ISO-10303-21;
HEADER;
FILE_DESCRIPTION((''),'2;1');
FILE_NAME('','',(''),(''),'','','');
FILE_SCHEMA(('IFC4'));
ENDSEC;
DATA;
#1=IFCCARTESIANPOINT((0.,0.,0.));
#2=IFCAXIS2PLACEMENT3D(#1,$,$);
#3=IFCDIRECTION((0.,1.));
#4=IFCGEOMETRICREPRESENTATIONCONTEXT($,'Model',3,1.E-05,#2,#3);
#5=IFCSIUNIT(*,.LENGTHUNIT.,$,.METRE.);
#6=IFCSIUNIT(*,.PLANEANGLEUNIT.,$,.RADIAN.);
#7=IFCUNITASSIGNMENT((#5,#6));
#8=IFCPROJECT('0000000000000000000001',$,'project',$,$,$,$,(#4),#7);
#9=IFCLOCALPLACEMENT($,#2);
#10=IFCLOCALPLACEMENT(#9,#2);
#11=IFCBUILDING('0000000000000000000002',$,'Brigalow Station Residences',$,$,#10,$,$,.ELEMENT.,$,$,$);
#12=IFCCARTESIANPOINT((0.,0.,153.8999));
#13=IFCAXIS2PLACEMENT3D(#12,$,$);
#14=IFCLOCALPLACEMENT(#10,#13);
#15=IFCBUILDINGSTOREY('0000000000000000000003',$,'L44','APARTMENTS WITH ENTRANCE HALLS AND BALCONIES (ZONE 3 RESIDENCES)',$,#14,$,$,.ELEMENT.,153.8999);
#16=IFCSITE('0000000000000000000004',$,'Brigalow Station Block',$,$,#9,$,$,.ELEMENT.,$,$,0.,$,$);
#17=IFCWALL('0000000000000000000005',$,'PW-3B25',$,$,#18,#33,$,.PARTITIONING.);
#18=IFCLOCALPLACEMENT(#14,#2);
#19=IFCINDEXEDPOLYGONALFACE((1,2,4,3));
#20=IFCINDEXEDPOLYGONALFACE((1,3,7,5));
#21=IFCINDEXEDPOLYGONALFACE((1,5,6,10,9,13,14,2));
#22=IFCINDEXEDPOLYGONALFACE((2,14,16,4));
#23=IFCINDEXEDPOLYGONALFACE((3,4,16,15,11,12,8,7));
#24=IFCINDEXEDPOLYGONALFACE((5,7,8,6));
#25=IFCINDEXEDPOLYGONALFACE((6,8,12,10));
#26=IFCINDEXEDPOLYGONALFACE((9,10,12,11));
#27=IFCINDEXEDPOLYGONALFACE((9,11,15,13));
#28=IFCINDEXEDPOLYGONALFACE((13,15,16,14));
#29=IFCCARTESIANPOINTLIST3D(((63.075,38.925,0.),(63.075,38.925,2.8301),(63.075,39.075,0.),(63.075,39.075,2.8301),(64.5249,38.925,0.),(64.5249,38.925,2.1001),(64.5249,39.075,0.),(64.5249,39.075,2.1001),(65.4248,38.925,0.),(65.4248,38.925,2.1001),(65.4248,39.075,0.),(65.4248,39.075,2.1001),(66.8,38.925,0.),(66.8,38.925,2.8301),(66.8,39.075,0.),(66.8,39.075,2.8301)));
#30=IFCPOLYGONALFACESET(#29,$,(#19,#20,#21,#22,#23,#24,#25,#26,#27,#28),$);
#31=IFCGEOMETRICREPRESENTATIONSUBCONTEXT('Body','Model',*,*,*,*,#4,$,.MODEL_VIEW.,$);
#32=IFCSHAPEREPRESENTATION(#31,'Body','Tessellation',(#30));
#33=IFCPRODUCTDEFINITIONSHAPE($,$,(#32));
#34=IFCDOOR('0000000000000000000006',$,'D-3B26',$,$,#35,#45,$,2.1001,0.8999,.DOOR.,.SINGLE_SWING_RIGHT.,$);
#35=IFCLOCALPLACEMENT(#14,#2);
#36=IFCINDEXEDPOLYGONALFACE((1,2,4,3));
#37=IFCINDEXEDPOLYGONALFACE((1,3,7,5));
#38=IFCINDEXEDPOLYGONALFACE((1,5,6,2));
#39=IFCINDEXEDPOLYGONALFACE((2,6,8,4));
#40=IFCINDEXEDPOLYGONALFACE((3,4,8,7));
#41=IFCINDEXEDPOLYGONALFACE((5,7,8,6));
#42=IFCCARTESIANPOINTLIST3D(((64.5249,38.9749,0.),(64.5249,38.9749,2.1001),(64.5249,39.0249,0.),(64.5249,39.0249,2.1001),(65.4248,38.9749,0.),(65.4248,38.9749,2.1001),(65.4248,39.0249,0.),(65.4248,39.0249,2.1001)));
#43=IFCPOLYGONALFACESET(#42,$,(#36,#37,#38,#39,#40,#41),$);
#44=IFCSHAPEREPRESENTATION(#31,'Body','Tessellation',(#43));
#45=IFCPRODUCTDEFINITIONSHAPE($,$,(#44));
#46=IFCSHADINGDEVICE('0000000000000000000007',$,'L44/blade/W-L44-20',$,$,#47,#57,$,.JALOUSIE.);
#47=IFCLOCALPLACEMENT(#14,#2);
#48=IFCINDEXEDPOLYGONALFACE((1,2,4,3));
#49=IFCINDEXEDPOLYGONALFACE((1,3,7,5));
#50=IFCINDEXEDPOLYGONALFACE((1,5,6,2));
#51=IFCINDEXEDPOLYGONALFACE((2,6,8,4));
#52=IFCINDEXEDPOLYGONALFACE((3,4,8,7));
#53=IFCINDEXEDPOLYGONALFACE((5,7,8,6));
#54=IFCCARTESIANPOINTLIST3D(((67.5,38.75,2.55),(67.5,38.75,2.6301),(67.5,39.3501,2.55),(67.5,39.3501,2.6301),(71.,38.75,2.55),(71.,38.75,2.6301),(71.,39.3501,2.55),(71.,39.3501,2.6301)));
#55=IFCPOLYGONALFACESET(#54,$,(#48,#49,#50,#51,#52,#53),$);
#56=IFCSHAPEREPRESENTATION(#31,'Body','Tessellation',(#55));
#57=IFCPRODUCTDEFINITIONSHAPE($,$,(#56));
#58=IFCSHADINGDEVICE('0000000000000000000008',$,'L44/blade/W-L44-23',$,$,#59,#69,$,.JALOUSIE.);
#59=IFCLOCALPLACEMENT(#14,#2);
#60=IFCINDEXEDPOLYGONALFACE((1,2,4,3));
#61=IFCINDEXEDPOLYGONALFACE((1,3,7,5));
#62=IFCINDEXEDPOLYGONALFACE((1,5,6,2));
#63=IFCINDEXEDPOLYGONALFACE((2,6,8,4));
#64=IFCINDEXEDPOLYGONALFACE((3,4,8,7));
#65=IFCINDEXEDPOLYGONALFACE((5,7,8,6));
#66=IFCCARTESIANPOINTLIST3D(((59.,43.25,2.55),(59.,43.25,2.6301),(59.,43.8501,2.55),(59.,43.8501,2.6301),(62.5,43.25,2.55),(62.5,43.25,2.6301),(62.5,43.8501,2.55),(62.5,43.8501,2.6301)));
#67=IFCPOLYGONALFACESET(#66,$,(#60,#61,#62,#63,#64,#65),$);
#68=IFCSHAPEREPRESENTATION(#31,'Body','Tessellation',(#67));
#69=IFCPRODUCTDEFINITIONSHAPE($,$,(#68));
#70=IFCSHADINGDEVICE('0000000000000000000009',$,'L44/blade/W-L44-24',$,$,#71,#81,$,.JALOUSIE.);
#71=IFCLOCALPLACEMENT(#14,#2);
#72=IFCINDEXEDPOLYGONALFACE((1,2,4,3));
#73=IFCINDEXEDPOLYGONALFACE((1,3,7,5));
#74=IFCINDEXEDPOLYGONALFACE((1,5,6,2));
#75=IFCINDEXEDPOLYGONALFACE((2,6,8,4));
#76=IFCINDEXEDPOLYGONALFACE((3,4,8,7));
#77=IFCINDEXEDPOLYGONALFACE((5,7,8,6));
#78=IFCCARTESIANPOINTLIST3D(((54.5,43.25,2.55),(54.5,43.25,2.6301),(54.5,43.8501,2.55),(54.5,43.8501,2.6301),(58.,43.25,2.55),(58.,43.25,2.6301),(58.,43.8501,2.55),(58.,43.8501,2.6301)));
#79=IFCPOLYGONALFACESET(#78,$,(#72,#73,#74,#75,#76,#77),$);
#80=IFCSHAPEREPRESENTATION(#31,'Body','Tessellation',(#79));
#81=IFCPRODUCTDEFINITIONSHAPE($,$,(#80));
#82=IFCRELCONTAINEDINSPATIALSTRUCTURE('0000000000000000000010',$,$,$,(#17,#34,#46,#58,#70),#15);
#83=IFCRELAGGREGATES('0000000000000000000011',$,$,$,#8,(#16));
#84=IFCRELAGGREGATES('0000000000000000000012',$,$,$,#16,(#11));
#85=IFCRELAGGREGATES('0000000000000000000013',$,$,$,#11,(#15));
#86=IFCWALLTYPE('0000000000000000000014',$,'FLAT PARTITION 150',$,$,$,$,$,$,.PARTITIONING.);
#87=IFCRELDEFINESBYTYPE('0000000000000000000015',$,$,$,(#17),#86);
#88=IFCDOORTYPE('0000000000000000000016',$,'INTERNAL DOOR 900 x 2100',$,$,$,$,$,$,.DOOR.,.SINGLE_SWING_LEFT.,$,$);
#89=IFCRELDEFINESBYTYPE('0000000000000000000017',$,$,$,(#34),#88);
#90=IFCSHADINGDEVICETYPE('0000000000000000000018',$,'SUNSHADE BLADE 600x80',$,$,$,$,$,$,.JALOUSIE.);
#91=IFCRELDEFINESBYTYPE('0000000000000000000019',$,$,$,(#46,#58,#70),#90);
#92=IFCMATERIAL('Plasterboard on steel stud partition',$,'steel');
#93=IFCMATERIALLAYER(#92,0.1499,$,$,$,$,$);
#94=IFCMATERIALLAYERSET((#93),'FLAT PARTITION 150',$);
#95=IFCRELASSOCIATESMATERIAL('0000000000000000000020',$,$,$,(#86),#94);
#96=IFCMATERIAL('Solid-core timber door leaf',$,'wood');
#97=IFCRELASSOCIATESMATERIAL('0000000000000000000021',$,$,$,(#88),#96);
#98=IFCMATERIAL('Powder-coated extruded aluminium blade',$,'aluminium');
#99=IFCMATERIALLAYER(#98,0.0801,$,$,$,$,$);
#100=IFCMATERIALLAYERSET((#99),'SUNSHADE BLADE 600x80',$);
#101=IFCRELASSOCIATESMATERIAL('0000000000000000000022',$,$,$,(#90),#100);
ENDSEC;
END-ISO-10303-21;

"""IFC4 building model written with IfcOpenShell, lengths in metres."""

from ifc_helpers import new_model, si_unit, direction, frame, frame_2d, origin, origin_2d, place, context, subcontext, project, spatial, rectangle, extrude, material, layer, layer_set, type_object, element, fill, save


model = new_model("IFC4")

# Units and contexts
model_context = context("Model", 3, precision=1e-05, world=origin(), true_north=direction((0.0, 1.0)))
body_context = subcontext(model_context, "Body", "Model", "MODEL_VIEW")
ifc_project = project(units=[si_unit("LENGTHUNIT", "METRE"), si_unit("PLANEANGLEUNIT", "RADIAN")], contexts=[model_context])

# Site, building, storey
site_placement = place(None, origin())
site = spatial("IfcSite", under=ifc_project, at=site_placement, Name="Brigalow Station Block", CompositionType="ELEMENT", RefElevation=0.0)
building_placement = place(site_placement, origin())
building = spatial("IfcBuilding", under=site, at=building_placement, Name="Brigalow Station Residences", CompositionType="ELEMENT")
storey_placement = place(building_placement, frame((0.0, 0.0, 153.8999)))
storey = spatial("IfcBuildingStorey", under=building, at=storey_placement, Name="L44", Description="APARTMENTS WITH ENTRANCE HALLS AND BALCONIES (ZONE 3 RESIDENCES)", CompositionType="ELEMENT", Elevation=153.8999)

# Shared definitions
ifc_material_1 = material(Name="Plasterboard on steel stud partition", Category="steel")
ifc_layer_1 = layer(ifc_material_1, 0.1499)
ifc_layer_set_1 = layer_set([ifc_layer_1], Name="FLAT PARTITION 150")
wall_type_1 = type_object("IfcWallType", Name="FLAT PARTITION 150", PredefinedType="PARTITIONING", material=ifc_layer_set_1)

# Wall, opening, door
wall_1_placement = place(storey_placement, frame((63.075, 39.0, 0.0), z_axis=(0.0, 0.0, 1.0), x_axis=(1.0, 0.0, 0.0)))
wall_1 = element("IfcWall", 1, at=wall_1_placement, inside=storey, type_object=wall_type_1, Name="PW-3B25", PredefinedType="PARTITIONING", context=body_context, shape_type="SweptSolid", body=[
    extrude(rectangle(XDim=3.7251, YDim=0.1499, at=frame_2d((1.8625, 0.0))), origin(), (0.0, 0.0, 1.0), 2.8301),
])
opening_1_placement = place(wall_1_placement, frame((1.45, 0.0, 0.0)))
opening_1 = element("IfcOpeningElement", 2, at=opening_1_placement, cuts=wall_1, PredefinedType="OPENING", context=body_context, shape_type="SweptSolid", body=[
    extrude(rectangle(XDim=0.8999, YDim=2.1001, at=frame_2d((0.45, 1.05))), frame((0.0, 0.085, 0.0), z_axis=(0.0, -1.0, 0.0), x_axis=(1.0, 0.0, 0.0)), (0.0, 0.0, 1.0), 0.1699),
])
ifc_material_2 = material(Name="Solid-core timber door leaf", Category="wood")
door_type_1 = type_object("IfcDoorType", Name="INTERNAL DOOR 900 x 2100", OperationType="SINGLE_SWING_LEFT", PredefinedType="DOOR", material=ifc_material_2)
door_1_placement = place(opening_1_placement, origin())
door_1 = element("IfcDoor", 3, at=door_1_placement, inside=storey, type_object=door_type_1, Name="D-3B26", OperationType="SINGLE_SWING_RIGHT", OverallHeight=2.1001, OverallWidth=0.8999, PredefinedType="DOOR", context=body_context, shape_type="SweptSolid", body=[
    extrude(rectangle(XDim=0.8999, YDim=2.1001, at=frame_2d((0.45, 1.05))), frame((0.0, 0.0249, 0.0), z_axis=(0.0, -1.0, 0.0), x_axis=(1.0, 0.0, 0.0)), (0.0, 0.0, 1.0), 0.05),
])
fill(opening_1, door_1)

# Shading devices
ifc_material_3 = material(Name="Powder-coated extruded aluminium blade", Category="aluminium")
ifc_layer_2 = layer(ifc_material_3, 0.0801)
ifc_layer_set_2 = layer_set([ifc_layer_2], Name="SUNSHADE BLADE 600x80")
shading_device_type = type_object("IfcShadingDeviceType", Name="SUNSHADE BLADE 600x80", PredefinedType="JALOUSIE", material=ifc_layer_set_2)
for number, where, z_axis, x_axis, name in (
    (4, (69.25, 39.05, 2.55), (0.0, 0.0, 1.0), (-1.0, 0.0, 0.0), "L44/blade/W-L44-20"),
    (5, (60.75, 43.55, 2.55), (0.0, 0.0, 1.0), (-1.0, 0.0, 0.0), "L44/blade/W-L44-23"),
    (6, (56.25, 43.55, 2.55), (0.0, 0.0, 1.0), (-1.0, 0.0, 0.0), "L44/blade/W-L44-24"),
):
    element("IfcShadingDevice", number, at=place(storey_placement, frame(where, z_axis=z_axis, x_axis=x_axis)), inside=storey, type_object=shading_device_type, Name=name, PredefinedType="JALOUSIE", context=body_context, shape_type="SweptSolid", body=[
        extrude(rectangle(XDim=3.5, YDim=0.6001, at=origin_2d()), origin(), (0.0, 0.0, 1.0), 0.0801),
    ])

save(model, "model.ifc")
